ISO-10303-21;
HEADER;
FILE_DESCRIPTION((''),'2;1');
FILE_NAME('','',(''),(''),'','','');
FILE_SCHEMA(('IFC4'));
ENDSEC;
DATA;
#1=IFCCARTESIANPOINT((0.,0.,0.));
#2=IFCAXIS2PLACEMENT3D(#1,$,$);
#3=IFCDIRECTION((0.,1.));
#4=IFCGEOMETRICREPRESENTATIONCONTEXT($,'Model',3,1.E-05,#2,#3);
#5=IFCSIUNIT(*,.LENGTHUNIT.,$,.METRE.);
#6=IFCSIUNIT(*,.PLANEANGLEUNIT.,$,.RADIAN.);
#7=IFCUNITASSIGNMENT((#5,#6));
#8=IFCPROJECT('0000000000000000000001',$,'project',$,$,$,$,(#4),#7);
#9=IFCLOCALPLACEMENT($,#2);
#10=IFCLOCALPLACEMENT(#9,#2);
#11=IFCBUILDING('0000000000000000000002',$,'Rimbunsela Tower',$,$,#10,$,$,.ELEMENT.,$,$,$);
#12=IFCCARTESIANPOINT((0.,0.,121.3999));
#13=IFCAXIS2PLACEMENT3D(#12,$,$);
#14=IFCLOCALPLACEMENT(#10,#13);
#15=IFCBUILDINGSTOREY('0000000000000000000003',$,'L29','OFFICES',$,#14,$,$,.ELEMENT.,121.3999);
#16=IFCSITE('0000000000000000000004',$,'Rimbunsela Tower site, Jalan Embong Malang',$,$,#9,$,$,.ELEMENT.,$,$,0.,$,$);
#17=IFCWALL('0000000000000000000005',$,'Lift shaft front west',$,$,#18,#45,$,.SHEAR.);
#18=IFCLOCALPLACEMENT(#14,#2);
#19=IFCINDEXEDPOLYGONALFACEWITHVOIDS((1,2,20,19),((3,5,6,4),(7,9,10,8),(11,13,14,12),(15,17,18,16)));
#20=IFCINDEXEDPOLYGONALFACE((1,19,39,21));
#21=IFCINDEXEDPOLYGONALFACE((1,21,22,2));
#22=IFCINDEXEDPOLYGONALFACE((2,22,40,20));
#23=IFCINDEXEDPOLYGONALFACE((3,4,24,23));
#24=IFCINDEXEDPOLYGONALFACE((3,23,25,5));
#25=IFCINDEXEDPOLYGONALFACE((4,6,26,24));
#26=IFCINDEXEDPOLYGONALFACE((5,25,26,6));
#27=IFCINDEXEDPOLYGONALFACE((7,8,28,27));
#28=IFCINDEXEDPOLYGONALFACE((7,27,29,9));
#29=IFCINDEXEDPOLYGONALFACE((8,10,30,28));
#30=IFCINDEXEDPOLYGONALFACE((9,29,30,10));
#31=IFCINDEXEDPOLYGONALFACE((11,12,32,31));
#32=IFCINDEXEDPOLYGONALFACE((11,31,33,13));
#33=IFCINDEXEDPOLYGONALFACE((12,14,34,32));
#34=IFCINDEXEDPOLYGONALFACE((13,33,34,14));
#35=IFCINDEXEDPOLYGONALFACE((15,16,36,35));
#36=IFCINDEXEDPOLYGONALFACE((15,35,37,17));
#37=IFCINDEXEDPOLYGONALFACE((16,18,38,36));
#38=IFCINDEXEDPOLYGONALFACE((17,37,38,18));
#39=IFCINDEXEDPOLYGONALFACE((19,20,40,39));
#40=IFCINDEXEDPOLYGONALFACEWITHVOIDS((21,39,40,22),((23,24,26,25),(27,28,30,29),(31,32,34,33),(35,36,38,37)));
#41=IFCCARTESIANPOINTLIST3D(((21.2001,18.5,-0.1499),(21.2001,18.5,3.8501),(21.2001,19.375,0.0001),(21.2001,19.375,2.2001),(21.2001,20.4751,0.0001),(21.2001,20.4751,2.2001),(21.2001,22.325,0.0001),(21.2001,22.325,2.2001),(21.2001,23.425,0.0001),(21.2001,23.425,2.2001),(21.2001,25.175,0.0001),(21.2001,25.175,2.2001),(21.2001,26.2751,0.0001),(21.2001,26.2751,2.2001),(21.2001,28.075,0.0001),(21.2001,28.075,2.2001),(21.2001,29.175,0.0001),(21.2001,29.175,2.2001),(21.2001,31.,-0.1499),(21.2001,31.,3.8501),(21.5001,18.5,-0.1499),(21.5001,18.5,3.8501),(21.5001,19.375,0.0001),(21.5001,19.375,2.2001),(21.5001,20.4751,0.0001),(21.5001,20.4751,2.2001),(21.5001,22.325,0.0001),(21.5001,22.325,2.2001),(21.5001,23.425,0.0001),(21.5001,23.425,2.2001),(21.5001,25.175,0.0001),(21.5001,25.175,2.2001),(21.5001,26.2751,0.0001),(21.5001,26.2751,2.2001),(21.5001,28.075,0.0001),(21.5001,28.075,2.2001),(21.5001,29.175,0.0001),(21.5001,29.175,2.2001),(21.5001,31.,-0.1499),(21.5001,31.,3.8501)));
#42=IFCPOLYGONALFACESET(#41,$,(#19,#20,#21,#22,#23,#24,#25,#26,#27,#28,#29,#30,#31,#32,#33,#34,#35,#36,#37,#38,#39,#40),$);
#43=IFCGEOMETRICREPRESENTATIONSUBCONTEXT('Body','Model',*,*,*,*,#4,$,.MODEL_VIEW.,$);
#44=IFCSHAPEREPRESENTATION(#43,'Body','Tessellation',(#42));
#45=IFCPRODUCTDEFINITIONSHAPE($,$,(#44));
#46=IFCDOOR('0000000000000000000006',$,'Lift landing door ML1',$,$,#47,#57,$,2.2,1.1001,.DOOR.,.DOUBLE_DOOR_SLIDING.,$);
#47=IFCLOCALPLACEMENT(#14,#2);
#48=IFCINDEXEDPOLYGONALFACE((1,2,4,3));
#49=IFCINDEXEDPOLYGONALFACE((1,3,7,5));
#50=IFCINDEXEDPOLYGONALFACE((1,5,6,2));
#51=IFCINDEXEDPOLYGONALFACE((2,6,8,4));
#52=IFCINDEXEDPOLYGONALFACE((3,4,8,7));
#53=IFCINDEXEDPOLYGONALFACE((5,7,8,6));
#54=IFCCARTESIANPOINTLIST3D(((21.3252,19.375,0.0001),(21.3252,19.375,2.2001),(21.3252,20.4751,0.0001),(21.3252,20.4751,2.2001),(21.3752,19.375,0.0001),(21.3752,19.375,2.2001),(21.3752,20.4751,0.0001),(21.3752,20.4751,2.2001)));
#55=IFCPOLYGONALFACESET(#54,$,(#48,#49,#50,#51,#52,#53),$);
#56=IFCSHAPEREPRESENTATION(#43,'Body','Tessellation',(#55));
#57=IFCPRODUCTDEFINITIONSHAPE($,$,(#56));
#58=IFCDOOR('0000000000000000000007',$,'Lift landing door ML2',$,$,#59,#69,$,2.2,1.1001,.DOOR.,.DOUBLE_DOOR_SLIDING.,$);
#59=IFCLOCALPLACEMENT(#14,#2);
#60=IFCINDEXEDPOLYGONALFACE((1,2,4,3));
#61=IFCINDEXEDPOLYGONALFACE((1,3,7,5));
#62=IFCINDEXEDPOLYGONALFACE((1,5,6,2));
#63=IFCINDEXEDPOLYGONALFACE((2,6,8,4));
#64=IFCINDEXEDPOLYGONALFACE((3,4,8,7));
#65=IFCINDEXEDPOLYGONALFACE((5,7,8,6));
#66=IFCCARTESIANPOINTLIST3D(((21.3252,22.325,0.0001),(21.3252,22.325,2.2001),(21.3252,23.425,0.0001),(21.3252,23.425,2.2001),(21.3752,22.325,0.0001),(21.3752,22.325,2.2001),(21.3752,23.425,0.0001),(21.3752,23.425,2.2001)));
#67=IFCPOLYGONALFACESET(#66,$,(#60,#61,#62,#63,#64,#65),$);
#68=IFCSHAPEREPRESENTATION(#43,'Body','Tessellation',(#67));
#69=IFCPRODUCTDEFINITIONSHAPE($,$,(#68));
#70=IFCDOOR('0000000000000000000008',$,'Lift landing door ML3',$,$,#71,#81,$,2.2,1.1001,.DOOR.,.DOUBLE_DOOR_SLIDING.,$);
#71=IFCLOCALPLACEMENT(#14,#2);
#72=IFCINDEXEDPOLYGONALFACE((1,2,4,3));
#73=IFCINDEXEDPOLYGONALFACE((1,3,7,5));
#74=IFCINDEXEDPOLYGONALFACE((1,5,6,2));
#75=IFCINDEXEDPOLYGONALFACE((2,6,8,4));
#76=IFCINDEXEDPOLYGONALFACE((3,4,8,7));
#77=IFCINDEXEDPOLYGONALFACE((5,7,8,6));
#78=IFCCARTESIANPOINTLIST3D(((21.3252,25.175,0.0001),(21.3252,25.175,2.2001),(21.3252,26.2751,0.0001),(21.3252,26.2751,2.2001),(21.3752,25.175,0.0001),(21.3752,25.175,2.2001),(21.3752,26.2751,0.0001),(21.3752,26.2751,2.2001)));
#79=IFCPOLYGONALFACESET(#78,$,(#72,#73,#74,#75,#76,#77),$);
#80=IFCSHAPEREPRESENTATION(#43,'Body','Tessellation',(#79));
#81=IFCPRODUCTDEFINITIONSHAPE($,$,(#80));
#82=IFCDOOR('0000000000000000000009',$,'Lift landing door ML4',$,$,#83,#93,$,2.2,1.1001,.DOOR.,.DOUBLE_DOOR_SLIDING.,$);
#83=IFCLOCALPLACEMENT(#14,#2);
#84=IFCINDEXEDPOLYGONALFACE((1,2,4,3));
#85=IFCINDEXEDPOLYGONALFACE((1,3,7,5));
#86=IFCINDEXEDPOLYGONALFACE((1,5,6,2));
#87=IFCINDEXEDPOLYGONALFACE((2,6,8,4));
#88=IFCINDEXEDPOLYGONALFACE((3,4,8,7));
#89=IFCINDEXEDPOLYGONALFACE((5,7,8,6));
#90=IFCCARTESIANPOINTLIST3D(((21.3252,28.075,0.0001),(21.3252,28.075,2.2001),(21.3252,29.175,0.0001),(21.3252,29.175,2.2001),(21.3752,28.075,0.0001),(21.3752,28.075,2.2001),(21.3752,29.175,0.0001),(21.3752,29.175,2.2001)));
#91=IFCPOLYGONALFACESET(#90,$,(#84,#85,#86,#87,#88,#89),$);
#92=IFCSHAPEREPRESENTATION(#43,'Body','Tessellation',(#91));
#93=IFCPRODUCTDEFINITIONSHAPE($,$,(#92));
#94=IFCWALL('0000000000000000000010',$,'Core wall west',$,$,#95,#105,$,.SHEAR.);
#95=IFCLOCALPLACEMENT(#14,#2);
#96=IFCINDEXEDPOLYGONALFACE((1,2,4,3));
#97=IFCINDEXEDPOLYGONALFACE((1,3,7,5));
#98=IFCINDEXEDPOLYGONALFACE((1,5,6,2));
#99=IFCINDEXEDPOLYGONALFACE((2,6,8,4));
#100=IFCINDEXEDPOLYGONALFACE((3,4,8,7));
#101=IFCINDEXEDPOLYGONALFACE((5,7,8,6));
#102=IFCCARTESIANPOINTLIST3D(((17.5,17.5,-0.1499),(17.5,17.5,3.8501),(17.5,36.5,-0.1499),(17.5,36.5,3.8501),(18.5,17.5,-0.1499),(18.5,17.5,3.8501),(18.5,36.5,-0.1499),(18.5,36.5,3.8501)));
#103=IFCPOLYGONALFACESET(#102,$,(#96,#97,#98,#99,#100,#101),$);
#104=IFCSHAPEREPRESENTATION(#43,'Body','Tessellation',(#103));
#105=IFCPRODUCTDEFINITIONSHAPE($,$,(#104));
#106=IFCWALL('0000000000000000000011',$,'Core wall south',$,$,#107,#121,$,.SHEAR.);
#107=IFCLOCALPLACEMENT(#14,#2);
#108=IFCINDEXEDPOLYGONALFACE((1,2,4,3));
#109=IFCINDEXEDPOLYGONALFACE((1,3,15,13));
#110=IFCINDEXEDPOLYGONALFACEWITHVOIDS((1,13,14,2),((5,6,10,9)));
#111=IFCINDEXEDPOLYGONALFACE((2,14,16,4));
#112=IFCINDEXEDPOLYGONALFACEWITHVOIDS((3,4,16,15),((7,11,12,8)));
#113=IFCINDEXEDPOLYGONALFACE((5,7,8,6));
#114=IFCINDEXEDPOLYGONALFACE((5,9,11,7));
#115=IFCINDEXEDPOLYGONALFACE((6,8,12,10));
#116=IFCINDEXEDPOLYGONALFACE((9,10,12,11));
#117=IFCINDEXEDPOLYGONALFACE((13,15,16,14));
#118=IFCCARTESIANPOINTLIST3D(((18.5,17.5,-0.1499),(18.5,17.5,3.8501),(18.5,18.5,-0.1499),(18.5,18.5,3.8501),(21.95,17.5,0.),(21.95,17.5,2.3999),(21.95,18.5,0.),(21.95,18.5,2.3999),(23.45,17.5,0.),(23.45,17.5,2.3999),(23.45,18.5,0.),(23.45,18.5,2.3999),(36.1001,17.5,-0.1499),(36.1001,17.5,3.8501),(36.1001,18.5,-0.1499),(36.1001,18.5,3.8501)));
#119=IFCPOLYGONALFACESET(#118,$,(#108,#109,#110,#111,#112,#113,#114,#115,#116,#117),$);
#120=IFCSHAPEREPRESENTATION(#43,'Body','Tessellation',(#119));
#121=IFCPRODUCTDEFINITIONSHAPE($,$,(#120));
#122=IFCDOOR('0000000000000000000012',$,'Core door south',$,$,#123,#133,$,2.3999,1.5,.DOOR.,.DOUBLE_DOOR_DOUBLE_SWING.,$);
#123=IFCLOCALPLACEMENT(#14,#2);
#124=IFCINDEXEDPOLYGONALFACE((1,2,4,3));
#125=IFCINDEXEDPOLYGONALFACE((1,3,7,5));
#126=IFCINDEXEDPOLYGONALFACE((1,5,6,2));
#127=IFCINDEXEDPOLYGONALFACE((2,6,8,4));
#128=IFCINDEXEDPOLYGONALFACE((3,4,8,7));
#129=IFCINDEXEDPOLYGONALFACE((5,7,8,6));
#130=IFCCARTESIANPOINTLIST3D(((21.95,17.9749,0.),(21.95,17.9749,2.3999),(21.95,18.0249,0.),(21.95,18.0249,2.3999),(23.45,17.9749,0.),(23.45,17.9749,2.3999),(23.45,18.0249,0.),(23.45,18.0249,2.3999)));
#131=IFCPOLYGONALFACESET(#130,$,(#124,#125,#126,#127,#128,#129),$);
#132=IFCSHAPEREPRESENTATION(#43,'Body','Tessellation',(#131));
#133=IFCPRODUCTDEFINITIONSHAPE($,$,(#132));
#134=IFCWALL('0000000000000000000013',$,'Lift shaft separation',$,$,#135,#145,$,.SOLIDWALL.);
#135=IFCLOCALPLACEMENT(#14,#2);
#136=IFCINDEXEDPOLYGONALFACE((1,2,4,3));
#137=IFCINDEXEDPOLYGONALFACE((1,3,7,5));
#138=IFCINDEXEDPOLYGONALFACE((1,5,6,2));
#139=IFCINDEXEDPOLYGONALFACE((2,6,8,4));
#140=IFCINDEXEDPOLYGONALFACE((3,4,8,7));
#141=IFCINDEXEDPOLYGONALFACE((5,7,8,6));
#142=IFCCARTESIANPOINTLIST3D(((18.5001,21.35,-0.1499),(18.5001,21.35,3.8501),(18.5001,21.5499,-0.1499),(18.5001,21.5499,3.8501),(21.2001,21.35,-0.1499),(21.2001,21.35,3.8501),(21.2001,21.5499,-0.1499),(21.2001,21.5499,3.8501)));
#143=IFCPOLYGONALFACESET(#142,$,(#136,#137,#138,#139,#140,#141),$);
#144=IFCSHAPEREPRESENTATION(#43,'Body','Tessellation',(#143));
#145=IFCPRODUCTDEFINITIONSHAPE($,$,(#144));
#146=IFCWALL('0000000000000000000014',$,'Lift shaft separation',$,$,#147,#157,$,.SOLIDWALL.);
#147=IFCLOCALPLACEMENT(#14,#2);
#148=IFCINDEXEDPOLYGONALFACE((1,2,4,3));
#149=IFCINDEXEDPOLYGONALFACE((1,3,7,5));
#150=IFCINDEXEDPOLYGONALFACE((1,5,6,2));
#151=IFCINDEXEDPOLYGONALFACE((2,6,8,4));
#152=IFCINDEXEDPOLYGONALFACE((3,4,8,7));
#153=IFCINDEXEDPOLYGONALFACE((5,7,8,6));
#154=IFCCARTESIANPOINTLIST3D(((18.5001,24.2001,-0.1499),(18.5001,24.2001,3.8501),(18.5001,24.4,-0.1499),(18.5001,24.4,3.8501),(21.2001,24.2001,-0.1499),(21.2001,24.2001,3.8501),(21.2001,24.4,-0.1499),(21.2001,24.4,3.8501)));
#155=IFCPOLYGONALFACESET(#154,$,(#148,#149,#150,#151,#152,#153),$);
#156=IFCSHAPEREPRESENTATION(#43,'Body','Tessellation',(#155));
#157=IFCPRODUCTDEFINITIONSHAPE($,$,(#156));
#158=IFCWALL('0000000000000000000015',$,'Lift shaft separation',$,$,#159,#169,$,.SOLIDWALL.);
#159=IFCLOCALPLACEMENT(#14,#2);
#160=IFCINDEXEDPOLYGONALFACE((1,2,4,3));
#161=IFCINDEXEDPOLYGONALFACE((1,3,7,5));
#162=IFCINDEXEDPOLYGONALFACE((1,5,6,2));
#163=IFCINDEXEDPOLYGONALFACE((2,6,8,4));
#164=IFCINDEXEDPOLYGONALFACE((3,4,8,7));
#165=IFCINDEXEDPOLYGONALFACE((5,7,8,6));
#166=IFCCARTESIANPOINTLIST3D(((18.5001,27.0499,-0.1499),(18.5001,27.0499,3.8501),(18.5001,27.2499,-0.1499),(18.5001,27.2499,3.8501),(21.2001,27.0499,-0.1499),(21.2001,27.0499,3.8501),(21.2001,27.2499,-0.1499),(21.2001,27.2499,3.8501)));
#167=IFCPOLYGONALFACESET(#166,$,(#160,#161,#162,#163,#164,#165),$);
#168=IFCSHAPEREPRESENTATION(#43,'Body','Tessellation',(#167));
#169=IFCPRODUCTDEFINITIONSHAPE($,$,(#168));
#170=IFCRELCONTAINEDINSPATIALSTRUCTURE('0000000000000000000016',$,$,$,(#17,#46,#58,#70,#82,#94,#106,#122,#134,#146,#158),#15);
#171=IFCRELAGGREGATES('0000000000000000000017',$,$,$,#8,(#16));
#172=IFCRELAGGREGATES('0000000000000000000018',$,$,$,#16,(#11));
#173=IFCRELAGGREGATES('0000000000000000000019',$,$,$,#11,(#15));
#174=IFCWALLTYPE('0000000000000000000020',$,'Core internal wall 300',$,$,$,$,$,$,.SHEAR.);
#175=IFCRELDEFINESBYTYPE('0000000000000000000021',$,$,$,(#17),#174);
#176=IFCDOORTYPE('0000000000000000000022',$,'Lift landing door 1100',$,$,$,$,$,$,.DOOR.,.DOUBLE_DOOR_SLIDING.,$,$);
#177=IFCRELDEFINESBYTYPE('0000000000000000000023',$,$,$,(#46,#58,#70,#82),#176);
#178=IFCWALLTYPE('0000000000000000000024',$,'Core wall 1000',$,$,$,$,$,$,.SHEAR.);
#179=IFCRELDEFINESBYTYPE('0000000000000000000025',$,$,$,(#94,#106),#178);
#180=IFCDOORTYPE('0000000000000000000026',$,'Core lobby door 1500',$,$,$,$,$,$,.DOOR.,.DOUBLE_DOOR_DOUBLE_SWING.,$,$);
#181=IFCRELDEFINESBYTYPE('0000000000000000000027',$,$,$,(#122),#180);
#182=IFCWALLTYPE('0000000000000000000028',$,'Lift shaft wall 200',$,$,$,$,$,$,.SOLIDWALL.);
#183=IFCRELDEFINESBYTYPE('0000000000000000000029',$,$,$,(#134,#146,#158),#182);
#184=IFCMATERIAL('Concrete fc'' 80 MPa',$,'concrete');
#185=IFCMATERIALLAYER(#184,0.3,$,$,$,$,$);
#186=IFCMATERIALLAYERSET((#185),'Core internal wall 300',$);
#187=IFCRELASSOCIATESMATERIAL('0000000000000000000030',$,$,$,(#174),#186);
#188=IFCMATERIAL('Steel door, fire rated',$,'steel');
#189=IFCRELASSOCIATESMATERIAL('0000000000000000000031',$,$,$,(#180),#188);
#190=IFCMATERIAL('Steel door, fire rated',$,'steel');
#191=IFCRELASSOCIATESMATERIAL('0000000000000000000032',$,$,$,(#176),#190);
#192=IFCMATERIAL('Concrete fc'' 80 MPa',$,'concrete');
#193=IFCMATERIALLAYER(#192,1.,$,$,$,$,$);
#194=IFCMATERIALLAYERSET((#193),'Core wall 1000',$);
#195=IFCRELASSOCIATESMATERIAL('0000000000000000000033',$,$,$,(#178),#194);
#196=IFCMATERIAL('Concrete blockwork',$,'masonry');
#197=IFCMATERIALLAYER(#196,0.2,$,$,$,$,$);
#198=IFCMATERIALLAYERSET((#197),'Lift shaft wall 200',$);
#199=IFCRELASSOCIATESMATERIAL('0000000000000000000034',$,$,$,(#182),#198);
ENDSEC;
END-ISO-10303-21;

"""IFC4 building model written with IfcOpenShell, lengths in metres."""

from ifc_helpers import new_model, si_unit, direction, frame, frame_2d, origin, place, context, subcontext, project, spatial, rectangle, extrude, material, layer, layer_set, type_object, element, fill, save


model = new_model("IFC4")

# Units and contexts
model_context = context("Model", 3, precision=1e-05, world=origin(), true_north=direction((0.0, 1.0)))
body_context = subcontext(model_context, "Body", "Model", "MODEL_VIEW")
ifc_project = project(units=[si_unit("LENGTHUNIT", "METRE"), si_unit("PLANEANGLEUNIT", "RADIAN")], contexts=[model_context])

# Site, building, storey
site_placement = place(None, origin())
site = spatial("IfcSite", under=ifc_project, at=site_placement, Name="Rimbunsela Tower site, Jalan Embong Malang", CompositionType="ELEMENT", RefElevation=0.0)
building_placement = place(site_placement, origin())
building = spatial("IfcBuilding", under=site, at=building_placement, Name="Rimbunsela Tower", CompositionType="ELEMENT")
storey_placement = place(building_placement, frame((0.0, 0.0, 121.3999)))
storey = spatial("IfcBuildingStorey", under=building, at=storey_placement, Name="L29", Description="OFFICES", CompositionType="ELEMENT", Elevation=121.3999)

# Shared definitions
ifc_material_1 = material(Name="Concrete fc' 80 MPa", Category="concrete")
ifc_layer_1 = layer(ifc_material_1, 0.3)
ifc_layer_set_1 = layer_set([ifc_layer_1], Name="Core internal wall 300")
wall_type_1 = type_object("IfcWallType", Name="Core internal wall 300", PredefinedType="SHEAR", material=ifc_layer_set_1)
ifc_material_2 = material(Name="Steel door, fire rated", Category="steel")
door_type_1 = type_object("IfcDoorType", Name="Core lobby door 1500", OperationType="DOUBLE_DOOR_DOUBLE_SWING", PredefinedType="DOOR", material=ifc_material_2)

# Wall, openings, doors
wall_1_placement = place(storey_placement, frame((21.3501, 18.5, -0.1499), z_axis=(0.0, 0.0, 1.0), x_axis=(0.0, 1.0, 0.0)))
wall_1 = element("IfcWall", 1, at=wall_1_placement, inside=storey, type_object=wall_type_1, Name="Lift shaft front west", PredefinedType="SHEAR", context=body_context, shape_type="SweptSolid", body=[
    extrude(rectangle(XDim=12.5, YDim=0.3, at=frame_2d((6.25, 0.0))), origin(), (0.0, 0.0, 1.0), 4.0),
])
opening_1_placement = place(wall_1_placement, frame((0.875, 0.0, 0.1499)))
opening_1 = element("IfcOpeningElement", 2, at=opening_1_placement, cuts=wall_1, PredefinedType="OPENING", context=body_context, shape_type="SweptSolid", body=[
    extrude(rectangle(XDim=1.1001, YDim=2.2, at=frame_2d((0.55, 1.1001))), frame((0.0, 0.1599, 0.0), z_axis=(0.0, -1.0, 0.0), x_axis=(1.0, 0.0, 0.0)), (0.0, 0.0, 1.0), 0.3201),
])
opening_2_placement = place(wall_1_placement, frame((3.825, 0.0, 0.1499)))
opening_2 = element("IfcOpeningElement", 3, at=opening_2_placement, cuts=wall_1, PredefinedType="OPENING", context=body_context, shape_type="SweptSolid", body=[
    extrude(rectangle(XDim=1.1001, YDim=2.2, at=frame_2d((0.55, 1.1001))), frame((0.0, 0.1599, 0.0), z_axis=(0.0, -1.0, 0.0), x_axis=(1.0, 0.0, 0.0)), (0.0, 0.0, 1.0), 0.3201),
])
opening_3_placement = place(wall_1_placement, frame((6.675, 0.0, 0.1499)))
opening_3 = element("IfcOpeningElement", 4, at=opening_3_placement, cuts=wall_1, PredefinedType="OPENING", context=body_context, shape_type="SweptSolid", body=[
    extrude(rectangle(XDim=1.1001, YDim=2.2, at=frame_2d((0.55, 1.1001))), frame((0.0, 0.1599, 0.0), z_axis=(0.0, -1.0, 0.0), x_axis=(1.0, 0.0, 0.0)), (0.0, 0.0, 1.0), 0.3201),
])
opening_4_placement = place(wall_1_placement, frame((9.575, 0.0, 0.1499)))
opening_4 = element("IfcOpeningElement", 5, at=opening_4_placement, cuts=wall_1, PredefinedType="OPENING", context=body_context, shape_type="SweptSolid", body=[
    extrude(rectangle(XDim=1.1001, YDim=2.2, at=frame_2d((0.55, 1.1001))), frame((0.0, 0.1599, 0.0), z_axis=(0.0, -1.0, 0.0), x_axis=(1.0, 0.0, 0.0)), (0.0, 0.0, 1.0), 0.3201),
])
ifc_material_3 = material(Name="Steel door, fire rated", Category="steel")
door_type_2 = type_object("IfcDoorType", Name="Lift landing door 1100", OperationType="DOUBLE_DOOR_SLIDING", PredefinedType="DOOR", material=ifc_material_3)
door_1_placement = place(opening_1_placement, origin())
door_1 = element("IfcDoor", 6, at=door_1_placement, inside=storey, type_object=door_type_2, Name="Lift landing door ML1", OperationType="DOUBLE_DOOR_SLIDING", OverallHeight=2.2, OverallWidth=1.1001, PredefinedType="DOOR", context=body_context, shape_type="SweptSolid", body=[
    extrude(rectangle(XDim=1.1001, YDim=2.2, at=frame_2d((0.55, 1.1001))), frame((0.0, 0.0249, 0.0), z_axis=(0.0, -1.0, 0.0), x_axis=(1.0, 0.0, 0.0)), (0.0, 0.0, 1.0), 0.05),
])
fill(opening_1, door_1)
door_2_placement = place(opening_2_placement, origin())
door_2 = element("IfcDoor", 7, at=door_2_placement, inside=storey, type_object=door_type_2, Name="Lift landing door ML2", OperationType="DOUBLE_DOOR_SLIDING", OverallHeight=2.2, OverallWidth=1.1001, PredefinedType="DOOR", context=body_context, shape_type="SweptSolid", body=[
    extrude(rectangle(XDim=1.1001, YDim=2.2, at=frame_2d((0.55, 1.1001))), frame((0.0, 0.0249, 0.0), z_axis=(0.0, -1.0, 0.0), x_axis=(1.0, 0.0, 0.0)), (0.0, 0.0, 1.0), 0.05),
])
fill(opening_2, door_2)
door_3_placement = place(opening_3_placement, origin())
door_3 = element("IfcDoor", 8, at=door_3_placement, inside=storey, type_object=door_type_2, Name="Lift landing door ML3", OperationType="DOUBLE_DOOR_SLIDING", OverallHeight=2.2, OverallWidth=1.1001, PredefinedType="DOOR", context=body_context, shape_type="SweptSolid", body=[
    extrude(rectangle(XDim=1.1001, YDim=2.2, at=frame_2d((0.55, 1.1001))), frame((0.0, 0.0249, 0.0), z_axis=(0.0, -1.0, 0.0), x_axis=(1.0, 0.0, 0.0)), (0.0, 0.0, 1.0), 0.05),
])
fill(opening_3, door_3)
door_4_placement = place(opening_4_placement, origin())
door_4 = element("IfcDoor", 9, at=door_4_placement, inside=storey, type_object=door_type_2, Name="Lift landing door ML4", OperationType="DOUBLE_DOOR_SLIDING", OverallHeight=2.2, OverallWidth=1.1001, PredefinedType="DOOR", context=body_context, shape_type="SweptSolid", body=[
    extrude(rectangle(XDim=1.1001, YDim=2.2, at=frame_2d((0.55, 1.1001))), frame((0.0, 0.0249, 0.0), z_axis=(0.0, -1.0, 0.0), x_axis=(1.0, 0.0, 0.0)), (0.0, 0.0, 1.0), 0.05),
])
fill(opening_4, door_4)

# Wall
ifc_material_4 = material(Name="Concrete fc' 80 MPa", Category="concrete")
ifc_layer_2 = layer(ifc_material_4, 1.0)
ifc_layer_set_2 = layer_set([ifc_layer_2], Name="Core wall 1000")
wall_type_2 = type_object("IfcWallType", Name="Core wall 1000", PredefinedType="SHEAR", material=ifc_layer_set_2)
wall_2_placement = place(storey_placement, frame((18.0, 17.5, -0.1499), z_axis=(0.0, 0.0, 1.0), x_axis=(0.0, 1.0, 0.0)))
element("IfcWall", 10, at=wall_2_placement, inside=storey, type_object=wall_type_2, Name="Core wall west", PredefinedType="SHEAR", context=body_context, shape_type="SweptSolid", body=[
    extrude(rectangle(XDim=19.0, YDim=1.0, at=frame_2d((9.5, 0.0))), origin(), (0.0, 0.0, 1.0), 4.0),
])

# Wall, opening, door
wall_3_placement = place(storey_placement, frame((18.5, 18.0, -0.1499), z_axis=(0.0, 0.0, 1.0), x_axis=(1.0, 0.0, 0.0)))
wall_3 = element("IfcWall", 11, at=wall_3_placement, inside=storey, type_object=wall_type_2, Name="Core wall south", PredefinedType="SHEAR", context=body_context, shape_type="SweptSolid", body=[
    extrude(rectangle(XDim=17.6001, YDim=1.0, at=frame_2d((8.8, 0.0))), origin(), (0.0, 0.0, 1.0), 4.0),
])
opening_5_placement = place(wall_3_placement, frame((3.45, 0.0, 0.1499)))
opening_5 = element("IfcOpeningElement", 12, at=opening_5_placement, cuts=wall_3, PredefinedType="OPENING", context=body_context, shape_type="SweptSolid", body=[
    extrude(rectangle(XDim=1.5, YDim=2.3999, at=frame_2d((0.75, 1.2))), frame((0.0, 0.51, 0.0), z_axis=(0.0, -1.0, 0.0), x_axis=(1.0, 0.0, 0.0)), (0.0, 0.0, 1.0), 1.02),
])
door_5_placement = place(opening_5_placement, origin())
door_5 = element("IfcDoor", 13, at=door_5_placement, inside=storey, type_object=door_type_1, Name="Core door south", OperationType="DOUBLE_DOOR_DOUBLE_SWING", OverallHeight=2.3999, OverallWidth=1.5, PredefinedType="DOOR", context=body_context, shape_type="SweptSolid", body=[
    extrude(rectangle(XDim=1.5, YDim=2.3999, at=frame_2d((0.75, 1.2))), frame((0.0, 0.0249, 0.0), z_axis=(0.0, -1.0, 0.0), x_axis=(1.0, 0.0, 0.0)), (0.0, 0.0, 1.0), 0.05),
])
fill(opening_5, door_5)

# Walls
ifc_material_5 = material(Name="Concrete blockwork", Category="masonry")
ifc_layer_3 = layer(ifc_material_5, 0.2)
ifc_layer_set_3 = layer_set([ifc_layer_3], Name="Lift shaft wall 200")
wall_type_3 = type_object("IfcWallType", Name="Lift shaft wall 200", PredefinedType="SOLIDWALL", material=ifc_layer_set_3)
for number, where, z_axis, x_axis, name in (
    (14, (18.5, 21.45, -0.1499), (0.0, 0.0, 1.0), (1.0, 0.0, 0.0), "Lift shaft separation"),
    (15, (18.5, 24.3, -0.1499), (0.0, 0.0, 1.0), (1.0, 0.0, 0.0), "Lift shaft separation"),
    (16, (18.5, 27.1499, -0.1499), (0.0, 0.0, 1.0), (1.0, 0.0, 0.0), "Lift shaft separation"),
):
    element("IfcWall", number, at=place(storey_placement, frame(where, z_axis=z_axis, x_axis=x_axis)), inside=storey, type_object=wall_type_3, Name=name, PredefinedType="SOLIDWALL", context=body_context, shape_type="SweptSolid", body=[
        extrude(rectangle(XDim=2.7, YDim=0.2, at=frame_2d((1.3501, 0.0))), origin(), (0.0, 0.0, 1.0), 4.0),
    ])

save(model, "model.ifc")
